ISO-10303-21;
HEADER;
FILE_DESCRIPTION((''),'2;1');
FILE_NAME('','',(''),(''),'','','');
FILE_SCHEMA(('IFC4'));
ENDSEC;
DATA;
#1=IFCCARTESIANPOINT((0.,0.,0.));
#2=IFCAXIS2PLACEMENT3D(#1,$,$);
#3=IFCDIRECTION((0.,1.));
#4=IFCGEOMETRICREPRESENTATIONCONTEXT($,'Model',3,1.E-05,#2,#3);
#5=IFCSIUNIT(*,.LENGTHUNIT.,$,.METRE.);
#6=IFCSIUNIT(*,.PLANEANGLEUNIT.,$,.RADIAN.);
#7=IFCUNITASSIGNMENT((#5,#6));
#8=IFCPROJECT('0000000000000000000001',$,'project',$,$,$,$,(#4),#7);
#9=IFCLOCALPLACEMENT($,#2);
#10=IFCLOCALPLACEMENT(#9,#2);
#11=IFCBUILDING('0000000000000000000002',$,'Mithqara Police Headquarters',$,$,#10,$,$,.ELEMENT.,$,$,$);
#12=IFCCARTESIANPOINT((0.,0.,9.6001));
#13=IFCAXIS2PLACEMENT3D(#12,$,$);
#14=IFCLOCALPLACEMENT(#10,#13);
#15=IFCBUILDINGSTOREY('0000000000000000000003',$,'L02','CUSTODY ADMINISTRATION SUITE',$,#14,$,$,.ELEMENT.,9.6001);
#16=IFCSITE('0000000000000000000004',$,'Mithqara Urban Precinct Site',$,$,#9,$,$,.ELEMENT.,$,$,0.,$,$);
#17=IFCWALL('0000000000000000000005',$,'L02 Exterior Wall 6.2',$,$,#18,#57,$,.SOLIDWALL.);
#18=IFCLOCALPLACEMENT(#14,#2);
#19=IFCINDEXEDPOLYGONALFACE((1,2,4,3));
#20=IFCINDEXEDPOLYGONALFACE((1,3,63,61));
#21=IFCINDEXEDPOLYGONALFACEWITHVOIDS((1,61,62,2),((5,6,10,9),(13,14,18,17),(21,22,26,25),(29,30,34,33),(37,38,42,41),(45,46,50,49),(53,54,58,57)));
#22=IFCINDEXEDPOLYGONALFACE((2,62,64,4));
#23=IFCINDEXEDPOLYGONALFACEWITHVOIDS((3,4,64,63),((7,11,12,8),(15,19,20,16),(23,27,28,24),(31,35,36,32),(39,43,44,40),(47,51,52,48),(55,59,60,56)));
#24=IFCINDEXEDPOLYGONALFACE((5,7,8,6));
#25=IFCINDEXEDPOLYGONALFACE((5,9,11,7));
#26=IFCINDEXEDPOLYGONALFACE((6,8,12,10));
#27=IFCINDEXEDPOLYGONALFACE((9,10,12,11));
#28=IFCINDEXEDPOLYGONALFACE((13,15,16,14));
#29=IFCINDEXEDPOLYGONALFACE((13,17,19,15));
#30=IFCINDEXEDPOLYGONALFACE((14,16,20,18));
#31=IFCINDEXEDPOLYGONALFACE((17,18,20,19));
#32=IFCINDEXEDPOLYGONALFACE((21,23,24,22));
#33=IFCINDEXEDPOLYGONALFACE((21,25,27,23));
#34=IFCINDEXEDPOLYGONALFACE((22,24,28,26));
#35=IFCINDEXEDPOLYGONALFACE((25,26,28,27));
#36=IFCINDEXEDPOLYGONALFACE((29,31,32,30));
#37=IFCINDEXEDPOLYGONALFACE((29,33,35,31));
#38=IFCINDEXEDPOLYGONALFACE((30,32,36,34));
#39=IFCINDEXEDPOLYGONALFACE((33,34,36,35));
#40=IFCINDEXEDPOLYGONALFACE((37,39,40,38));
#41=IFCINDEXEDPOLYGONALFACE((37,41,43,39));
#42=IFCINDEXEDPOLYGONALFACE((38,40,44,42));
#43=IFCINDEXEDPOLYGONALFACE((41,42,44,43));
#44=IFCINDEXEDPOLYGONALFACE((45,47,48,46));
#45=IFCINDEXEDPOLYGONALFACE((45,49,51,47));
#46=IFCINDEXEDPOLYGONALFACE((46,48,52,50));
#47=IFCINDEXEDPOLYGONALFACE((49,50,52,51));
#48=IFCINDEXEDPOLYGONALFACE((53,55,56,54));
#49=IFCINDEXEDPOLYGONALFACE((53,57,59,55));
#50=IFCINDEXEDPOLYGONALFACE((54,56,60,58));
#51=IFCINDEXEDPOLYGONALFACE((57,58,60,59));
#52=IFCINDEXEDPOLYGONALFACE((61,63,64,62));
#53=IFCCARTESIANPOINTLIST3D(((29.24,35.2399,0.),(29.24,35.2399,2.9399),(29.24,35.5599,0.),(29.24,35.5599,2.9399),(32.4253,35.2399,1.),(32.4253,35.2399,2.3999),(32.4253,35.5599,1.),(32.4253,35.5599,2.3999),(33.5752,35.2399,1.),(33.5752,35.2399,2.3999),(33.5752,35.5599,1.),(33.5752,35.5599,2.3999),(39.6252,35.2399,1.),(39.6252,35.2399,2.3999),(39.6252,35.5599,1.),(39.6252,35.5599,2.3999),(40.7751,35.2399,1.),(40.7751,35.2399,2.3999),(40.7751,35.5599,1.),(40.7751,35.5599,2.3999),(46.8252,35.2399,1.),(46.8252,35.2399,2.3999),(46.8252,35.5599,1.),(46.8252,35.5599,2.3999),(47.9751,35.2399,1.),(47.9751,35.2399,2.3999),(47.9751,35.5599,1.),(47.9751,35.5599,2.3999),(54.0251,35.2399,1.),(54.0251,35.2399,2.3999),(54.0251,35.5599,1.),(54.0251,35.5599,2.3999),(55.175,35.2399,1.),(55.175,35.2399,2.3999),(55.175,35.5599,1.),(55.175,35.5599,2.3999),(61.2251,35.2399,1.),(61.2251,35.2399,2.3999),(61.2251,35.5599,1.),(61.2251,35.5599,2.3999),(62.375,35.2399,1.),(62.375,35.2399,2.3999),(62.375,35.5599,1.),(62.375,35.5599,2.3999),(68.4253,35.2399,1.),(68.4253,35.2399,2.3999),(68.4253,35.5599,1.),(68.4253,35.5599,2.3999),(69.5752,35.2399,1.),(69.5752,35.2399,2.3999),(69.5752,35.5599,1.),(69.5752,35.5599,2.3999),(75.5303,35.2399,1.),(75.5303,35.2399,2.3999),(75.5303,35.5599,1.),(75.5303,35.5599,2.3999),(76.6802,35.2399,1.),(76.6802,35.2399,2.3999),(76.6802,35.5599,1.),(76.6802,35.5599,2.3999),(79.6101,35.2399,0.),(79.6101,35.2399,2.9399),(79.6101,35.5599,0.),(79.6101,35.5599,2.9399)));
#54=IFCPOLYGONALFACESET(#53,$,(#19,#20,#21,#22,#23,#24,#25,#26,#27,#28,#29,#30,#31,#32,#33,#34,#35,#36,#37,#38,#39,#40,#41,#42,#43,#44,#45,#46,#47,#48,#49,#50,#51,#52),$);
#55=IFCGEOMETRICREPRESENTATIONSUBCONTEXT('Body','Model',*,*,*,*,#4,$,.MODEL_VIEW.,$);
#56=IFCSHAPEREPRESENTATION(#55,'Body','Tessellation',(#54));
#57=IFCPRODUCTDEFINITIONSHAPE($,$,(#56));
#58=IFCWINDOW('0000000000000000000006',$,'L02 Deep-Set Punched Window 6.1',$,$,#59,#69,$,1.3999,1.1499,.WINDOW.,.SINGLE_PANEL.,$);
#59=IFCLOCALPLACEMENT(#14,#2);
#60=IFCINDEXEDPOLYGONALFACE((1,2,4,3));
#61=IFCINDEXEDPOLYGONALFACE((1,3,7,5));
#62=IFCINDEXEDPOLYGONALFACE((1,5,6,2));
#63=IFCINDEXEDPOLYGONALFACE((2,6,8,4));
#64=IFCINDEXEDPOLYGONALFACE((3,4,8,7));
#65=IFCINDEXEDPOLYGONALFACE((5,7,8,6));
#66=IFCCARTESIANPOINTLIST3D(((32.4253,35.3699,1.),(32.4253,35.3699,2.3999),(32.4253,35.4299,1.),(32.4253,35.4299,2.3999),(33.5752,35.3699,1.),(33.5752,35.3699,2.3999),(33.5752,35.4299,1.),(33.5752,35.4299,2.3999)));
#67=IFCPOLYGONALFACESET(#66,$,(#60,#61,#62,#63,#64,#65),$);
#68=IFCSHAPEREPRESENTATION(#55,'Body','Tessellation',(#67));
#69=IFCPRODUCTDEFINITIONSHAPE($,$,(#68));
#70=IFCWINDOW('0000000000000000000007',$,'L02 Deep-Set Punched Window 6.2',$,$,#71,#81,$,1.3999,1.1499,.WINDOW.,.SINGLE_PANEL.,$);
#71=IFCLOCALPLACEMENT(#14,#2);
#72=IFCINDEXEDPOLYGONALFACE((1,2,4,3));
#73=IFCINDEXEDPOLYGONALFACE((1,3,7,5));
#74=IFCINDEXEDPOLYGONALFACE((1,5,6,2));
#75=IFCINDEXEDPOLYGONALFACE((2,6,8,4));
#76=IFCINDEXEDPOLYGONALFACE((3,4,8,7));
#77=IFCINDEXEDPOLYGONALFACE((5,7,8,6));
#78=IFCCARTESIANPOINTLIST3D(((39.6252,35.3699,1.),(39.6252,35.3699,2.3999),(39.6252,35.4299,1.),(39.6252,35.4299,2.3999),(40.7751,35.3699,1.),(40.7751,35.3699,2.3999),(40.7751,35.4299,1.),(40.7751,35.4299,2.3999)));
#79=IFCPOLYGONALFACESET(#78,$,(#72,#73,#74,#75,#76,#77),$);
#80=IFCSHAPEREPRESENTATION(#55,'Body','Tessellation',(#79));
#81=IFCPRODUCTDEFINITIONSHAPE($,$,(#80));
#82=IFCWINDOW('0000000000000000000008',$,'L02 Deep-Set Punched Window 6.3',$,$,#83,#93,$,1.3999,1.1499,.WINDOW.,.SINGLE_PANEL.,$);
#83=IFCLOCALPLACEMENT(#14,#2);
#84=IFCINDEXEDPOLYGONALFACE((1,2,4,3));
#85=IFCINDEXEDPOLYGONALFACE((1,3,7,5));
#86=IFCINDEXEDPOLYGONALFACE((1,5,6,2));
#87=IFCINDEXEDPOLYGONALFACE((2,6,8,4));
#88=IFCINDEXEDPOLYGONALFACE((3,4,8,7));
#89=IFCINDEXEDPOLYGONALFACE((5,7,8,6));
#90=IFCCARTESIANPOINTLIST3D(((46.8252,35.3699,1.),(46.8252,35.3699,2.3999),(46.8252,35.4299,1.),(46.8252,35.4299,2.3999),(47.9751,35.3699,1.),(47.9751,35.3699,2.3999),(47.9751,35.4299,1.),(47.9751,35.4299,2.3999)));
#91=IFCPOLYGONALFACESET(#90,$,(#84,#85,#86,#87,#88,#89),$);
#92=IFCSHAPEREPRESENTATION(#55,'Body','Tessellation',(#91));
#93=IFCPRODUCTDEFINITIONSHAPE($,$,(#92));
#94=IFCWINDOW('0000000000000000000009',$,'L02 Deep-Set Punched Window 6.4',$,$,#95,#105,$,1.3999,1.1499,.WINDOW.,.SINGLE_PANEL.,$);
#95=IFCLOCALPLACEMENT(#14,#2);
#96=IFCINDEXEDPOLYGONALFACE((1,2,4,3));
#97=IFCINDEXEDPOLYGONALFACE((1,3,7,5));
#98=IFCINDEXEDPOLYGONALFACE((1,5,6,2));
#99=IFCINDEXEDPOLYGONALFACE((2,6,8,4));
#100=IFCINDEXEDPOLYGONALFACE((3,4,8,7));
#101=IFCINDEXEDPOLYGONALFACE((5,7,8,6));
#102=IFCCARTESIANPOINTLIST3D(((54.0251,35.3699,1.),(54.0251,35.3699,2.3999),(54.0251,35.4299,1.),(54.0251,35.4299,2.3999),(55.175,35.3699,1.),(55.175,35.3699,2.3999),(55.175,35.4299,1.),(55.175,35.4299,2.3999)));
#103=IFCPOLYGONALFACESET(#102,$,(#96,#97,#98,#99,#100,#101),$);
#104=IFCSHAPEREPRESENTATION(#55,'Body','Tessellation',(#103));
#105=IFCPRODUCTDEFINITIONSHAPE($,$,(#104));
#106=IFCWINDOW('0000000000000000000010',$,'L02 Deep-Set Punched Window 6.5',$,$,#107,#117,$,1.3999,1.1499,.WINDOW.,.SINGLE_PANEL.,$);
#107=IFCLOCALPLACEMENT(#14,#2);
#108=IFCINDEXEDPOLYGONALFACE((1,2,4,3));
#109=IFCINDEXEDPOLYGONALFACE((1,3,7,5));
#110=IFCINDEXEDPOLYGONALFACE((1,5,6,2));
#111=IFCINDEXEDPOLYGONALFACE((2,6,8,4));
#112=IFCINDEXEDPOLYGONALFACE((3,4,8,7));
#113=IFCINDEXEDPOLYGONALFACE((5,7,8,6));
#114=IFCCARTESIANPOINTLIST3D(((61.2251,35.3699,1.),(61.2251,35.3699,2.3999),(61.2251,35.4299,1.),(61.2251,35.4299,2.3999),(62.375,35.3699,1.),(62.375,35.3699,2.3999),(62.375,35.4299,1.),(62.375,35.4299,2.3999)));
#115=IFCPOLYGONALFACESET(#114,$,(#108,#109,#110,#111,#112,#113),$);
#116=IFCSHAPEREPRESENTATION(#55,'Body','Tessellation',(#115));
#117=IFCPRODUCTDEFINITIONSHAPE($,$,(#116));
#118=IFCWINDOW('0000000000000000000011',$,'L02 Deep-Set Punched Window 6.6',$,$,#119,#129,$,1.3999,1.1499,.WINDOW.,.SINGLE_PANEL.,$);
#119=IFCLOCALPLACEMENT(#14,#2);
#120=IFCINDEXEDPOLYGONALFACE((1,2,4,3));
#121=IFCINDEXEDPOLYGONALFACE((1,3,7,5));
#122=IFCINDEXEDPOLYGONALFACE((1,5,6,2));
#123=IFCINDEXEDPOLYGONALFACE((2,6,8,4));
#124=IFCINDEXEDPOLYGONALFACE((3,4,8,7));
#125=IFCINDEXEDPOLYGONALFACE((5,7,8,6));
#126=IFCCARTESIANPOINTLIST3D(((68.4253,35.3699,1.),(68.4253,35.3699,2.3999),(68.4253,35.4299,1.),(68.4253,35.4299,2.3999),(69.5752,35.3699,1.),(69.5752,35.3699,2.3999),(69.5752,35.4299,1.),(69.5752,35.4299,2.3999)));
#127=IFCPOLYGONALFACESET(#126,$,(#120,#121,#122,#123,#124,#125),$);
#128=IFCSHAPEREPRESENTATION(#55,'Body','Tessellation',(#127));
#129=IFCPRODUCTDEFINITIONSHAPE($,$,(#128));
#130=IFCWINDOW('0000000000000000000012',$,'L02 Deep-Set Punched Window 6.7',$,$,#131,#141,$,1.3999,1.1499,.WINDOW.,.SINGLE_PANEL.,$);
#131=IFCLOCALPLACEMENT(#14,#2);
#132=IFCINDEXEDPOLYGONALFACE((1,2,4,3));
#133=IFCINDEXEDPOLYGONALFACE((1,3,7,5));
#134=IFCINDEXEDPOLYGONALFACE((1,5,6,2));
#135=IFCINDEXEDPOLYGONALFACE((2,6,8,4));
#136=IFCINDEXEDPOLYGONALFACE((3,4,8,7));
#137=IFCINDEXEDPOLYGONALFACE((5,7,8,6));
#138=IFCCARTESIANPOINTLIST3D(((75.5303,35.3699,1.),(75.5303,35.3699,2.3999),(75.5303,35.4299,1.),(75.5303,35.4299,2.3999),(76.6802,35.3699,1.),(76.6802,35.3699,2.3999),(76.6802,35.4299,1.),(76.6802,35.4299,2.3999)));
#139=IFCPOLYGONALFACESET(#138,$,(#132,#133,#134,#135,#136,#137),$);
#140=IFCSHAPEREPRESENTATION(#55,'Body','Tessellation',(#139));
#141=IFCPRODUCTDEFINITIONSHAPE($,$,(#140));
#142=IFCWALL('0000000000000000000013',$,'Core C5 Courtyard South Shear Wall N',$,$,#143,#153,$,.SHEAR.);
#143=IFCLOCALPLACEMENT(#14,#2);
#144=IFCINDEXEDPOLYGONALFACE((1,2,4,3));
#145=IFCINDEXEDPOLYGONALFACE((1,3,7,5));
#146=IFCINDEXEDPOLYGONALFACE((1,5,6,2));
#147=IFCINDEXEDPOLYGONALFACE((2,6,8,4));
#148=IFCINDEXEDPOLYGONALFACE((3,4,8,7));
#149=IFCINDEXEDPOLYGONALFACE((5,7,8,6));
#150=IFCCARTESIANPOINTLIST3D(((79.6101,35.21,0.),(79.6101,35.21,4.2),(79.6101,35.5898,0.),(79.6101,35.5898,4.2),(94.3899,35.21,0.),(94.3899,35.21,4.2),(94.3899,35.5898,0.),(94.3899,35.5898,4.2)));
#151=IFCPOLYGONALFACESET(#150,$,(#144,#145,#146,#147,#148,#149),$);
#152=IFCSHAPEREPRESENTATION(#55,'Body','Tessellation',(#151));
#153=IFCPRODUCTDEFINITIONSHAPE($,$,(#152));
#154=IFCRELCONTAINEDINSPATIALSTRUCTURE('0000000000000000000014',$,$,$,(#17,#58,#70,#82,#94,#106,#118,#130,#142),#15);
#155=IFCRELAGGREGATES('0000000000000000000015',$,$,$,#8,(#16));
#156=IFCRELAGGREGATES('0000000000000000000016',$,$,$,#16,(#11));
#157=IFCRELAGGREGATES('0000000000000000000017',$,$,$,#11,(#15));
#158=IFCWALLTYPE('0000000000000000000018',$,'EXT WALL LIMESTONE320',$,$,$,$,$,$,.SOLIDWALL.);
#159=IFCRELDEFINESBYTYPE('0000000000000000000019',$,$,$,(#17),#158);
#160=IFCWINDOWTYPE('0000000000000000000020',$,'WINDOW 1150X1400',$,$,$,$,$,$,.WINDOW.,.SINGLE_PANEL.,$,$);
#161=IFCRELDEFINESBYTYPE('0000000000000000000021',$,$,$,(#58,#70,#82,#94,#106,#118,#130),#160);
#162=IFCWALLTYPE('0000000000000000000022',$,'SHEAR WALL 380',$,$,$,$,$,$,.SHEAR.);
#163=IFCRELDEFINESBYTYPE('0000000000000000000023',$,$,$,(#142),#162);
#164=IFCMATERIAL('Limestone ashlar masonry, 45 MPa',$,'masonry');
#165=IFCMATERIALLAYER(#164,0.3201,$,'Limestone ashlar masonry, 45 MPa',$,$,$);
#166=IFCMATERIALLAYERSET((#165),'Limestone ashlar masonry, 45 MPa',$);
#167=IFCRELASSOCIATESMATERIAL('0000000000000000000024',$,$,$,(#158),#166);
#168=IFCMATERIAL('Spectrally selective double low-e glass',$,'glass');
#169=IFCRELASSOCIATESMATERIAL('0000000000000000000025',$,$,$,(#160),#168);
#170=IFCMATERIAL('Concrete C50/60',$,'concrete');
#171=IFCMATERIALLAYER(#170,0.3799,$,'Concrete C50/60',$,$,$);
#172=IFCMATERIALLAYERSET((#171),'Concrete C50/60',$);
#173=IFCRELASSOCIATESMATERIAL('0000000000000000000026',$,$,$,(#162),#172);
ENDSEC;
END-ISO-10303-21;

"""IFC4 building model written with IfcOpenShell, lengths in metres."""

from ifc_helpers import new_model, si_unit, direction, frame, frame_2d, origin, place, context, subcontext, project, spatial, rectangle, extrude, material, layer, layer_set, type_object, element, fill, save


model = new_model("IFC4")

# Units and contexts
model_context = context("Model", 3, precision=1e-05, world=origin(), true_north=direction((0.0, 1.0)))
body_context = subcontext(model_context, "Body", "Model", "MODEL_VIEW")
ifc_project = project(units=[si_unit("LENGTHUNIT", "METRE"), si_unit("PLANEANGLEUNIT", "RADIAN")], contexts=[model_context])

# Site, building, storey
site_placement = place(None, origin())
site = spatial("IfcSite", under=ifc_project, at=site_placement, Name="Mithqara Urban Precinct Site", CompositionType="ELEMENT", RefElevation=0.0)
building_placement = place(site_placement, origin())
building = spatial("IfcBuilding", under=site, at=building_placement, Name="Mithqara Police Headquarters", CompositionType="ELEMENT")
storey_placement = place(building_placement, frame((0.0, 0.0, 9.6001)))
storey = spatial("IfcBuildingStorey", under=building, at=storey_placement, Name="L02", Description="CUSTODY ADMINISTRATION SUITE", CompositionType="ELEMENT", Elevation=9.6001)

# Wall, openings, windows
ifc_material_1 = material(Name="Limestone ashlar masonry, 45 MPa", Category="masonry")
ifc_layer_1 = layer(ifc_material_1, 0.3201, Name="Limestone ashlar masonry, 45 MPa")
ifc_layer_set_1 = layer_set([ifc_layer_1], Name="Limestone ashlar masonry, 45 MPa")
wall_type_1 = type_object("IfcWallType", Name="EXT WALL LIMESTONE320", PredefinedType="SOLIDWALL", material=ifc_layer_set_1)
ifc_material_2 = material(Name="Spectrally selective double low-e glass", Category="glass")
wall_1_placement = place(storey_placement, frame((79.6101, 35.3999, 0.0), z_axis=(0.0, 0.0, 1.0), x_axis=(-1.0, 0.0, 0.0)))
wall_1 = element("IfcWall", 1, at=wall_1_placement, inside=storey, type_object=wall_type_1, Name="L02 Exterior Wall 6.2", PredefinedType="SOLIDWALL", context=body_context, shape_type="SweptSolid", body=[
    extrude(rectangle(XDim=50.3701, YDim=0.3201, at=frame_2d((25.1851, 0.0))), origin(), (0.0, 0.0, 1.0), 2.9399),
])
opening_1_placement = place(wall_1_placement, frame((46.0349, 0.0, 1.0)))
opening_1 = element("IfcOpeningElement", 2, at=opening_1_placement, cuts=wall_1, PredefinedType="OPENING", context=body_context, shape_type="SweptSolid", body=[
    extrude(rectangle(XDim=1.1499, YDim=1.3999, at=frame_2d((0.575, 0.7))), frame((0.0, 0.1699, 0.0), z_axis=(0.0, -1.0, 0.0), x_axis=(1.0, 0.0, 0.0)), (0.0, 0.0, 1.0), 0.3401),
])
opening_2_placement = place(wall_1_placement, frame((38.835, 0.0, 1.0)))
opening_2 = element("IfcOpeningElement", 3, at=opening_2_placement, cuts=wall_1, PredefinedType="OPENING", context=body_context, shape_type="SweptSolid", body=[
    extrude(rectangle(XDim=1.1499, YDim=1.3999, at=frame_2d((0.575, 0.7))), frame((0.0, 0.1699, 0.0), z_axis=(0.0, -1.0, 0.0), x_axis=(1.0, 0.0, 0.0)), (0.0, 0.0, 1.0), 0.3401),
])
opening_3_placement = place(wall_1_placement, frame((31.635, 0.0, 1.0)))
opening_3 = element("IfcOpeningElement", 4, at=opening_3_placement, cuts=wall_1, PredefinedType="OPENING", context=body_context, shape_type="SweptSolid", body=[
    extrude(rectangle(XDim=1.1499, YDim=1.3999, at=frame_2d((0.575, 0.7))), frame((0.0, 0.1699, 0.0), z_axis=(0.0, -1.0, 0.0), x_axis=(1.0, 0.0, 0.0)), (0.0, 0.0, 1.0), 0.3401),
])
opening_4_placement = place(wall_1_placement, frame((24.4351, 0.0, 1.0)))
opening_4 = element("IfcOpeningElement", 5, at=opening_4_placement, cuts=wall_1, PredefinedType="OPENING", context=body_context, shape_type="SweptSolid", body=[
    extrude(rectangle(XDim=1.1499, YDim=1.3999, at=frame_2d((0.575, 0.7))), frame((0.0, 0.1699, 0.0), z_axis=(0.0, -1.0, 0.0), x_axis=(1.0, 0.0, 0.0)), (0.0, 0.0, 1.0), 0.3401),
])
opening_5_placement = place(wall_1_placement, frame((17.2351, 0.0, 1.0)))
opening_5 = element("IfcOpeningElement", 6, at=opening_5_placement, cuts=wall_1, PredefinedType="OPENING", context=body_context, shape_type="SweptSolid", body=[
    extrude(rectangle(XDim=1.1499, YDim=1.3999, at=frame_2d((0.575, 0.7))), frame((0.0, 0.1699, 0.0), z_axis=(0.0, -1.0, 0.0), x_axis=(1.0, 0.0, 0.0)), (0.0, 0.0, 1.0), 0.3401),
])
opening_6_placement = place(wall_1_placement, frame((10.0349, 0.0, 1.0)))
opening_6 = element("IfcOpeningElement", 7, at=opening_6_placement, cuts=wall_1, PredefinedType="OPENING", context=body_context, shape_type="SweptSolid", body=[
    extrude(rectangle(XDim=1.1499, YDim=1.3999, at=frame_2d((0.575, 0.7))), frame((0.0, 0.1699, 0.0), z_axis=(0.0, -1.0, 0.0), x_axis=(1.0, 0.0, 0.0)), (0.0, 0.0, 1.0), 0.3401),
])
opening_7_placement = place(wall_1_placement, frame((2.9299, 0.0, 1.0)))
opening_7 = element("IfcOpeningElement", 8, at=opening_7_placement, cuts=wall_1, PredefinedType="OPENING", context=body_context, shape_type="SweptSolid", body=[
    extrude(rectangle(XDim=1.1499, YDim=1.3999, at=frame_2d((0.575, 0.7))), frame((0.0, 0.1699, 0.0), z_axis=(0.0, -1.0, 0.0), x_axis=(1.0, 0.0, 0.0)), (0.0, 0.0, 1.0), 0.3401),
])
window_type_1 = type_object("IfcWindowType", Name="WINDOW 1150X1400", PartitioningType="SINGLE_PANEL", PredefinedType="WINDOW", material=ifc_material_2)
window_1_placement = place(opening_1_placement, origin())
window_1 = element("IfcWindow", 9, at=window_1_placement, inside=storey, type_object=window_type_1, Name="L02 Deep-Set Punched Window 6.1", OverallHeight=1.3999, OverallWidth=1.1499, PartitioningType="SINGLE_PANEL", PredefinedType="WINDOW", context=body_context, shape_type="SweptSolid", body=[
    extrude(rectangle(XDim=1.1499, YDim=1.3999, at=frame_2d((0.575, 0.7))), frame((0.0, 0.03, 0.0), z_axis=(0.0, -1.0, 0.0), x_axis=(1.0, 0.0, 0.0)), (0.0, 0.0, 1.0), 0.0601),
])
fill(opening_1, window_1)
window_2_placement = place(opening_2_placement, origin())
window_2 = element("IfcWindow", 10, at=window_2_placement, inside=storey, type_object=window_type_1, Name="L02 Deep-Set Punched Window 6.2", OverallHeight=1.3999, OverallWidth=1.1499, PartitioningType="SINGLE_PANEL", PredefinedType="WINDOW", context=body_context, shape_type="SweptSolid", body=[
    extrude(rectangle(XDim=1.1499, YDim=1.3999, at=frame_2d((0.575, 0.7))), frame((0.0, 0.03, 0.0), z_axis=(0.0, -1.0, 0.0), x_axis=(1.0, 0.0, 0.0)), (0.0, 0.0, 1.0), 0.0601),
])
fill(opening_2, window_2)
window_3_placement = place(opening_3_placement, origin())
window_3 = element("IfcWindow", 11, at=window_3_placement, inside=storey, type_object=window_type_1, Name="L02 Deep-Set Punched Window 6.3", OverallHeight=1.3999, OverallWidth=1.1499, PartitioningType="SINGLE_PANEL", PredefinedType="WINDOW", context=body_context, shape_type="SweptSolid", body=[
    extrude(rectangle(XDim=1.1499, YDim=1.3999, at=frame_2d((0.575, 0.7))), frame((0.0, 0.03, 0.0), z_axis=(0.0, -1.0, 0.0), x_axis=(1.0, 0.0, 0.0)), (0.0, 0.0, 1.0), 0.0601),
])
fill(opening_3, window_3)
window_4_placement = place(opening_4_placement, origin())
window_4 = element("IfcWindow", 12, at=window_4_placement, inside=storey, type_object=window_type_1, Name="L02 Deep-Set Punched Window 6.4", OverallHeight=1.3999, OverallWidth=1.1499, PartitioningType="SINGLE_PANEL", PredefinedType="WINDOW", context=body_context, shape_type="SweptSolid", body=[
    extrude(rectangle(XDim=1.1499, YDim=1.3999, at=frame_2d((0.575, 0.7))), frame((0.0, 0.03, 0.0), z_axis=(0.0, -1.0, 0.0), x_axis=(1.0, 0.0, 0.0)), (0.0, 0.0, 1.0), 0.0601),
])
fill(opening_4, window_4)
window_5_placement = place(opening_5_placement, origin())
window_5 = element("IfcWindow", 13, at=window_5_placement, inside=storey, type_object=window_type_1, Name="L02 Deep-Set Punched Window 6.5", OverallHeight=1.3999, OverallWidth=1.1499, PartitioningType="SINGLE_PANEL", PredefinedType="WINDOW", context=body_context, shape_type="SweptSolid", body=[
    extrude(rectangle(XDim=1.1499, YDim=1.3999, at=frame_2d((0.575, 0.7))), frame((0.0, 0.03, 0.0), z_axis=(0.0, -1.0, 0.0), x_axis=(1.0, 0.0, 0.0)), (0.0, 0.0, 1.0), 0.0601),
])
fill(opening_5, window_5)
window_6_placement = place(opening_6_placement, origin())
window_6 = element("IfcWindow", 14, at=window_6_placement, inside=storey, type_object=window_type_1, Name="L02 Deep-Set Punched Window 6.6", OverallHeight=1.3999, OverallWidth=1.1499, PartitioningType="SINGLE_PANEL", PredefinedType="WINDOW", context=body_context, shape_type="SweptSolid", body=[
    extrude(rectangle(XDim=1.1499, YDim=1.3999, at=frame_2d((0.575, 0.7))), frame((0.0, 0.03, 0.0), z_axis=(0.0, -1.0, 0.0), x_axis=(1.0, 0.0, 0.0)), (0.0, 0.0, 1.0), 0.0601),
])
fill(opening_6, window_6)
window_7_placement = place(opening_7_placement, origin())
window_7 = element("IfcWindow", 15, at=window_7_placement, inside=storey, type_object=window_type_1, Name="L02 Deep-Set Punched Window 6.7", OverallHeight=1.3999, OverallWidth=1.1499, PartitioningType="SINGLE_PANEL", PredefinedType="WINDOW", context=body_context, shape_type="SweptSolid", body=[
    extrude(rectangle(XDim=1.1499, YDim=1.3999, at=frame_2d((0.575, 0.7))), frame((0.0, 0.03, 0.0), z_axis=(0.0, -1.0, 0.0), x_axis=(1.0, 0.0, 0.0)), (0.0, 0.0, 1.0), 0.0601),
])
fill(opening_7, window_7)

# Wall
ifc_material_3 = material(Name="Concrete C50/60", Category="concrete")
ifc_layer_2 = layer(ifc_material_3, 0.3799, Name="Concrete C50/60")
ifc_layer_set_2 = layer_set([ifc_layer_2], Name="Concrete C50/60")
wall_type_2 = type_object("IfcWallType", Name="SHEAR WALL 380", PredefinedType="SHEAR", material=ifc_layer_set_2)
wall_2_placement = place(storey_placement, frame((79.6101, 35.3999, 0.0), z_axis=(0.0, 0.0, 1.0), x_axis=(1.0, 0.0, 0.0)))
element("IfcWall", 16, at=wall_2_placement, inside=storey, type_object=wall_type_2, Name="Core C5 Courtyard South Shear Wall N", PredefinedType="SHEAR", context=body_context, shape_type="SweptSolid", body=[
    extrude(rectangle(XDim=14.7798, YDim=0.3799, at=frame_2d((7.3899, 0.0))), origin(), (0.0, 0.0, 1.0), 4.2),
])

save(model, "model.ifc")
